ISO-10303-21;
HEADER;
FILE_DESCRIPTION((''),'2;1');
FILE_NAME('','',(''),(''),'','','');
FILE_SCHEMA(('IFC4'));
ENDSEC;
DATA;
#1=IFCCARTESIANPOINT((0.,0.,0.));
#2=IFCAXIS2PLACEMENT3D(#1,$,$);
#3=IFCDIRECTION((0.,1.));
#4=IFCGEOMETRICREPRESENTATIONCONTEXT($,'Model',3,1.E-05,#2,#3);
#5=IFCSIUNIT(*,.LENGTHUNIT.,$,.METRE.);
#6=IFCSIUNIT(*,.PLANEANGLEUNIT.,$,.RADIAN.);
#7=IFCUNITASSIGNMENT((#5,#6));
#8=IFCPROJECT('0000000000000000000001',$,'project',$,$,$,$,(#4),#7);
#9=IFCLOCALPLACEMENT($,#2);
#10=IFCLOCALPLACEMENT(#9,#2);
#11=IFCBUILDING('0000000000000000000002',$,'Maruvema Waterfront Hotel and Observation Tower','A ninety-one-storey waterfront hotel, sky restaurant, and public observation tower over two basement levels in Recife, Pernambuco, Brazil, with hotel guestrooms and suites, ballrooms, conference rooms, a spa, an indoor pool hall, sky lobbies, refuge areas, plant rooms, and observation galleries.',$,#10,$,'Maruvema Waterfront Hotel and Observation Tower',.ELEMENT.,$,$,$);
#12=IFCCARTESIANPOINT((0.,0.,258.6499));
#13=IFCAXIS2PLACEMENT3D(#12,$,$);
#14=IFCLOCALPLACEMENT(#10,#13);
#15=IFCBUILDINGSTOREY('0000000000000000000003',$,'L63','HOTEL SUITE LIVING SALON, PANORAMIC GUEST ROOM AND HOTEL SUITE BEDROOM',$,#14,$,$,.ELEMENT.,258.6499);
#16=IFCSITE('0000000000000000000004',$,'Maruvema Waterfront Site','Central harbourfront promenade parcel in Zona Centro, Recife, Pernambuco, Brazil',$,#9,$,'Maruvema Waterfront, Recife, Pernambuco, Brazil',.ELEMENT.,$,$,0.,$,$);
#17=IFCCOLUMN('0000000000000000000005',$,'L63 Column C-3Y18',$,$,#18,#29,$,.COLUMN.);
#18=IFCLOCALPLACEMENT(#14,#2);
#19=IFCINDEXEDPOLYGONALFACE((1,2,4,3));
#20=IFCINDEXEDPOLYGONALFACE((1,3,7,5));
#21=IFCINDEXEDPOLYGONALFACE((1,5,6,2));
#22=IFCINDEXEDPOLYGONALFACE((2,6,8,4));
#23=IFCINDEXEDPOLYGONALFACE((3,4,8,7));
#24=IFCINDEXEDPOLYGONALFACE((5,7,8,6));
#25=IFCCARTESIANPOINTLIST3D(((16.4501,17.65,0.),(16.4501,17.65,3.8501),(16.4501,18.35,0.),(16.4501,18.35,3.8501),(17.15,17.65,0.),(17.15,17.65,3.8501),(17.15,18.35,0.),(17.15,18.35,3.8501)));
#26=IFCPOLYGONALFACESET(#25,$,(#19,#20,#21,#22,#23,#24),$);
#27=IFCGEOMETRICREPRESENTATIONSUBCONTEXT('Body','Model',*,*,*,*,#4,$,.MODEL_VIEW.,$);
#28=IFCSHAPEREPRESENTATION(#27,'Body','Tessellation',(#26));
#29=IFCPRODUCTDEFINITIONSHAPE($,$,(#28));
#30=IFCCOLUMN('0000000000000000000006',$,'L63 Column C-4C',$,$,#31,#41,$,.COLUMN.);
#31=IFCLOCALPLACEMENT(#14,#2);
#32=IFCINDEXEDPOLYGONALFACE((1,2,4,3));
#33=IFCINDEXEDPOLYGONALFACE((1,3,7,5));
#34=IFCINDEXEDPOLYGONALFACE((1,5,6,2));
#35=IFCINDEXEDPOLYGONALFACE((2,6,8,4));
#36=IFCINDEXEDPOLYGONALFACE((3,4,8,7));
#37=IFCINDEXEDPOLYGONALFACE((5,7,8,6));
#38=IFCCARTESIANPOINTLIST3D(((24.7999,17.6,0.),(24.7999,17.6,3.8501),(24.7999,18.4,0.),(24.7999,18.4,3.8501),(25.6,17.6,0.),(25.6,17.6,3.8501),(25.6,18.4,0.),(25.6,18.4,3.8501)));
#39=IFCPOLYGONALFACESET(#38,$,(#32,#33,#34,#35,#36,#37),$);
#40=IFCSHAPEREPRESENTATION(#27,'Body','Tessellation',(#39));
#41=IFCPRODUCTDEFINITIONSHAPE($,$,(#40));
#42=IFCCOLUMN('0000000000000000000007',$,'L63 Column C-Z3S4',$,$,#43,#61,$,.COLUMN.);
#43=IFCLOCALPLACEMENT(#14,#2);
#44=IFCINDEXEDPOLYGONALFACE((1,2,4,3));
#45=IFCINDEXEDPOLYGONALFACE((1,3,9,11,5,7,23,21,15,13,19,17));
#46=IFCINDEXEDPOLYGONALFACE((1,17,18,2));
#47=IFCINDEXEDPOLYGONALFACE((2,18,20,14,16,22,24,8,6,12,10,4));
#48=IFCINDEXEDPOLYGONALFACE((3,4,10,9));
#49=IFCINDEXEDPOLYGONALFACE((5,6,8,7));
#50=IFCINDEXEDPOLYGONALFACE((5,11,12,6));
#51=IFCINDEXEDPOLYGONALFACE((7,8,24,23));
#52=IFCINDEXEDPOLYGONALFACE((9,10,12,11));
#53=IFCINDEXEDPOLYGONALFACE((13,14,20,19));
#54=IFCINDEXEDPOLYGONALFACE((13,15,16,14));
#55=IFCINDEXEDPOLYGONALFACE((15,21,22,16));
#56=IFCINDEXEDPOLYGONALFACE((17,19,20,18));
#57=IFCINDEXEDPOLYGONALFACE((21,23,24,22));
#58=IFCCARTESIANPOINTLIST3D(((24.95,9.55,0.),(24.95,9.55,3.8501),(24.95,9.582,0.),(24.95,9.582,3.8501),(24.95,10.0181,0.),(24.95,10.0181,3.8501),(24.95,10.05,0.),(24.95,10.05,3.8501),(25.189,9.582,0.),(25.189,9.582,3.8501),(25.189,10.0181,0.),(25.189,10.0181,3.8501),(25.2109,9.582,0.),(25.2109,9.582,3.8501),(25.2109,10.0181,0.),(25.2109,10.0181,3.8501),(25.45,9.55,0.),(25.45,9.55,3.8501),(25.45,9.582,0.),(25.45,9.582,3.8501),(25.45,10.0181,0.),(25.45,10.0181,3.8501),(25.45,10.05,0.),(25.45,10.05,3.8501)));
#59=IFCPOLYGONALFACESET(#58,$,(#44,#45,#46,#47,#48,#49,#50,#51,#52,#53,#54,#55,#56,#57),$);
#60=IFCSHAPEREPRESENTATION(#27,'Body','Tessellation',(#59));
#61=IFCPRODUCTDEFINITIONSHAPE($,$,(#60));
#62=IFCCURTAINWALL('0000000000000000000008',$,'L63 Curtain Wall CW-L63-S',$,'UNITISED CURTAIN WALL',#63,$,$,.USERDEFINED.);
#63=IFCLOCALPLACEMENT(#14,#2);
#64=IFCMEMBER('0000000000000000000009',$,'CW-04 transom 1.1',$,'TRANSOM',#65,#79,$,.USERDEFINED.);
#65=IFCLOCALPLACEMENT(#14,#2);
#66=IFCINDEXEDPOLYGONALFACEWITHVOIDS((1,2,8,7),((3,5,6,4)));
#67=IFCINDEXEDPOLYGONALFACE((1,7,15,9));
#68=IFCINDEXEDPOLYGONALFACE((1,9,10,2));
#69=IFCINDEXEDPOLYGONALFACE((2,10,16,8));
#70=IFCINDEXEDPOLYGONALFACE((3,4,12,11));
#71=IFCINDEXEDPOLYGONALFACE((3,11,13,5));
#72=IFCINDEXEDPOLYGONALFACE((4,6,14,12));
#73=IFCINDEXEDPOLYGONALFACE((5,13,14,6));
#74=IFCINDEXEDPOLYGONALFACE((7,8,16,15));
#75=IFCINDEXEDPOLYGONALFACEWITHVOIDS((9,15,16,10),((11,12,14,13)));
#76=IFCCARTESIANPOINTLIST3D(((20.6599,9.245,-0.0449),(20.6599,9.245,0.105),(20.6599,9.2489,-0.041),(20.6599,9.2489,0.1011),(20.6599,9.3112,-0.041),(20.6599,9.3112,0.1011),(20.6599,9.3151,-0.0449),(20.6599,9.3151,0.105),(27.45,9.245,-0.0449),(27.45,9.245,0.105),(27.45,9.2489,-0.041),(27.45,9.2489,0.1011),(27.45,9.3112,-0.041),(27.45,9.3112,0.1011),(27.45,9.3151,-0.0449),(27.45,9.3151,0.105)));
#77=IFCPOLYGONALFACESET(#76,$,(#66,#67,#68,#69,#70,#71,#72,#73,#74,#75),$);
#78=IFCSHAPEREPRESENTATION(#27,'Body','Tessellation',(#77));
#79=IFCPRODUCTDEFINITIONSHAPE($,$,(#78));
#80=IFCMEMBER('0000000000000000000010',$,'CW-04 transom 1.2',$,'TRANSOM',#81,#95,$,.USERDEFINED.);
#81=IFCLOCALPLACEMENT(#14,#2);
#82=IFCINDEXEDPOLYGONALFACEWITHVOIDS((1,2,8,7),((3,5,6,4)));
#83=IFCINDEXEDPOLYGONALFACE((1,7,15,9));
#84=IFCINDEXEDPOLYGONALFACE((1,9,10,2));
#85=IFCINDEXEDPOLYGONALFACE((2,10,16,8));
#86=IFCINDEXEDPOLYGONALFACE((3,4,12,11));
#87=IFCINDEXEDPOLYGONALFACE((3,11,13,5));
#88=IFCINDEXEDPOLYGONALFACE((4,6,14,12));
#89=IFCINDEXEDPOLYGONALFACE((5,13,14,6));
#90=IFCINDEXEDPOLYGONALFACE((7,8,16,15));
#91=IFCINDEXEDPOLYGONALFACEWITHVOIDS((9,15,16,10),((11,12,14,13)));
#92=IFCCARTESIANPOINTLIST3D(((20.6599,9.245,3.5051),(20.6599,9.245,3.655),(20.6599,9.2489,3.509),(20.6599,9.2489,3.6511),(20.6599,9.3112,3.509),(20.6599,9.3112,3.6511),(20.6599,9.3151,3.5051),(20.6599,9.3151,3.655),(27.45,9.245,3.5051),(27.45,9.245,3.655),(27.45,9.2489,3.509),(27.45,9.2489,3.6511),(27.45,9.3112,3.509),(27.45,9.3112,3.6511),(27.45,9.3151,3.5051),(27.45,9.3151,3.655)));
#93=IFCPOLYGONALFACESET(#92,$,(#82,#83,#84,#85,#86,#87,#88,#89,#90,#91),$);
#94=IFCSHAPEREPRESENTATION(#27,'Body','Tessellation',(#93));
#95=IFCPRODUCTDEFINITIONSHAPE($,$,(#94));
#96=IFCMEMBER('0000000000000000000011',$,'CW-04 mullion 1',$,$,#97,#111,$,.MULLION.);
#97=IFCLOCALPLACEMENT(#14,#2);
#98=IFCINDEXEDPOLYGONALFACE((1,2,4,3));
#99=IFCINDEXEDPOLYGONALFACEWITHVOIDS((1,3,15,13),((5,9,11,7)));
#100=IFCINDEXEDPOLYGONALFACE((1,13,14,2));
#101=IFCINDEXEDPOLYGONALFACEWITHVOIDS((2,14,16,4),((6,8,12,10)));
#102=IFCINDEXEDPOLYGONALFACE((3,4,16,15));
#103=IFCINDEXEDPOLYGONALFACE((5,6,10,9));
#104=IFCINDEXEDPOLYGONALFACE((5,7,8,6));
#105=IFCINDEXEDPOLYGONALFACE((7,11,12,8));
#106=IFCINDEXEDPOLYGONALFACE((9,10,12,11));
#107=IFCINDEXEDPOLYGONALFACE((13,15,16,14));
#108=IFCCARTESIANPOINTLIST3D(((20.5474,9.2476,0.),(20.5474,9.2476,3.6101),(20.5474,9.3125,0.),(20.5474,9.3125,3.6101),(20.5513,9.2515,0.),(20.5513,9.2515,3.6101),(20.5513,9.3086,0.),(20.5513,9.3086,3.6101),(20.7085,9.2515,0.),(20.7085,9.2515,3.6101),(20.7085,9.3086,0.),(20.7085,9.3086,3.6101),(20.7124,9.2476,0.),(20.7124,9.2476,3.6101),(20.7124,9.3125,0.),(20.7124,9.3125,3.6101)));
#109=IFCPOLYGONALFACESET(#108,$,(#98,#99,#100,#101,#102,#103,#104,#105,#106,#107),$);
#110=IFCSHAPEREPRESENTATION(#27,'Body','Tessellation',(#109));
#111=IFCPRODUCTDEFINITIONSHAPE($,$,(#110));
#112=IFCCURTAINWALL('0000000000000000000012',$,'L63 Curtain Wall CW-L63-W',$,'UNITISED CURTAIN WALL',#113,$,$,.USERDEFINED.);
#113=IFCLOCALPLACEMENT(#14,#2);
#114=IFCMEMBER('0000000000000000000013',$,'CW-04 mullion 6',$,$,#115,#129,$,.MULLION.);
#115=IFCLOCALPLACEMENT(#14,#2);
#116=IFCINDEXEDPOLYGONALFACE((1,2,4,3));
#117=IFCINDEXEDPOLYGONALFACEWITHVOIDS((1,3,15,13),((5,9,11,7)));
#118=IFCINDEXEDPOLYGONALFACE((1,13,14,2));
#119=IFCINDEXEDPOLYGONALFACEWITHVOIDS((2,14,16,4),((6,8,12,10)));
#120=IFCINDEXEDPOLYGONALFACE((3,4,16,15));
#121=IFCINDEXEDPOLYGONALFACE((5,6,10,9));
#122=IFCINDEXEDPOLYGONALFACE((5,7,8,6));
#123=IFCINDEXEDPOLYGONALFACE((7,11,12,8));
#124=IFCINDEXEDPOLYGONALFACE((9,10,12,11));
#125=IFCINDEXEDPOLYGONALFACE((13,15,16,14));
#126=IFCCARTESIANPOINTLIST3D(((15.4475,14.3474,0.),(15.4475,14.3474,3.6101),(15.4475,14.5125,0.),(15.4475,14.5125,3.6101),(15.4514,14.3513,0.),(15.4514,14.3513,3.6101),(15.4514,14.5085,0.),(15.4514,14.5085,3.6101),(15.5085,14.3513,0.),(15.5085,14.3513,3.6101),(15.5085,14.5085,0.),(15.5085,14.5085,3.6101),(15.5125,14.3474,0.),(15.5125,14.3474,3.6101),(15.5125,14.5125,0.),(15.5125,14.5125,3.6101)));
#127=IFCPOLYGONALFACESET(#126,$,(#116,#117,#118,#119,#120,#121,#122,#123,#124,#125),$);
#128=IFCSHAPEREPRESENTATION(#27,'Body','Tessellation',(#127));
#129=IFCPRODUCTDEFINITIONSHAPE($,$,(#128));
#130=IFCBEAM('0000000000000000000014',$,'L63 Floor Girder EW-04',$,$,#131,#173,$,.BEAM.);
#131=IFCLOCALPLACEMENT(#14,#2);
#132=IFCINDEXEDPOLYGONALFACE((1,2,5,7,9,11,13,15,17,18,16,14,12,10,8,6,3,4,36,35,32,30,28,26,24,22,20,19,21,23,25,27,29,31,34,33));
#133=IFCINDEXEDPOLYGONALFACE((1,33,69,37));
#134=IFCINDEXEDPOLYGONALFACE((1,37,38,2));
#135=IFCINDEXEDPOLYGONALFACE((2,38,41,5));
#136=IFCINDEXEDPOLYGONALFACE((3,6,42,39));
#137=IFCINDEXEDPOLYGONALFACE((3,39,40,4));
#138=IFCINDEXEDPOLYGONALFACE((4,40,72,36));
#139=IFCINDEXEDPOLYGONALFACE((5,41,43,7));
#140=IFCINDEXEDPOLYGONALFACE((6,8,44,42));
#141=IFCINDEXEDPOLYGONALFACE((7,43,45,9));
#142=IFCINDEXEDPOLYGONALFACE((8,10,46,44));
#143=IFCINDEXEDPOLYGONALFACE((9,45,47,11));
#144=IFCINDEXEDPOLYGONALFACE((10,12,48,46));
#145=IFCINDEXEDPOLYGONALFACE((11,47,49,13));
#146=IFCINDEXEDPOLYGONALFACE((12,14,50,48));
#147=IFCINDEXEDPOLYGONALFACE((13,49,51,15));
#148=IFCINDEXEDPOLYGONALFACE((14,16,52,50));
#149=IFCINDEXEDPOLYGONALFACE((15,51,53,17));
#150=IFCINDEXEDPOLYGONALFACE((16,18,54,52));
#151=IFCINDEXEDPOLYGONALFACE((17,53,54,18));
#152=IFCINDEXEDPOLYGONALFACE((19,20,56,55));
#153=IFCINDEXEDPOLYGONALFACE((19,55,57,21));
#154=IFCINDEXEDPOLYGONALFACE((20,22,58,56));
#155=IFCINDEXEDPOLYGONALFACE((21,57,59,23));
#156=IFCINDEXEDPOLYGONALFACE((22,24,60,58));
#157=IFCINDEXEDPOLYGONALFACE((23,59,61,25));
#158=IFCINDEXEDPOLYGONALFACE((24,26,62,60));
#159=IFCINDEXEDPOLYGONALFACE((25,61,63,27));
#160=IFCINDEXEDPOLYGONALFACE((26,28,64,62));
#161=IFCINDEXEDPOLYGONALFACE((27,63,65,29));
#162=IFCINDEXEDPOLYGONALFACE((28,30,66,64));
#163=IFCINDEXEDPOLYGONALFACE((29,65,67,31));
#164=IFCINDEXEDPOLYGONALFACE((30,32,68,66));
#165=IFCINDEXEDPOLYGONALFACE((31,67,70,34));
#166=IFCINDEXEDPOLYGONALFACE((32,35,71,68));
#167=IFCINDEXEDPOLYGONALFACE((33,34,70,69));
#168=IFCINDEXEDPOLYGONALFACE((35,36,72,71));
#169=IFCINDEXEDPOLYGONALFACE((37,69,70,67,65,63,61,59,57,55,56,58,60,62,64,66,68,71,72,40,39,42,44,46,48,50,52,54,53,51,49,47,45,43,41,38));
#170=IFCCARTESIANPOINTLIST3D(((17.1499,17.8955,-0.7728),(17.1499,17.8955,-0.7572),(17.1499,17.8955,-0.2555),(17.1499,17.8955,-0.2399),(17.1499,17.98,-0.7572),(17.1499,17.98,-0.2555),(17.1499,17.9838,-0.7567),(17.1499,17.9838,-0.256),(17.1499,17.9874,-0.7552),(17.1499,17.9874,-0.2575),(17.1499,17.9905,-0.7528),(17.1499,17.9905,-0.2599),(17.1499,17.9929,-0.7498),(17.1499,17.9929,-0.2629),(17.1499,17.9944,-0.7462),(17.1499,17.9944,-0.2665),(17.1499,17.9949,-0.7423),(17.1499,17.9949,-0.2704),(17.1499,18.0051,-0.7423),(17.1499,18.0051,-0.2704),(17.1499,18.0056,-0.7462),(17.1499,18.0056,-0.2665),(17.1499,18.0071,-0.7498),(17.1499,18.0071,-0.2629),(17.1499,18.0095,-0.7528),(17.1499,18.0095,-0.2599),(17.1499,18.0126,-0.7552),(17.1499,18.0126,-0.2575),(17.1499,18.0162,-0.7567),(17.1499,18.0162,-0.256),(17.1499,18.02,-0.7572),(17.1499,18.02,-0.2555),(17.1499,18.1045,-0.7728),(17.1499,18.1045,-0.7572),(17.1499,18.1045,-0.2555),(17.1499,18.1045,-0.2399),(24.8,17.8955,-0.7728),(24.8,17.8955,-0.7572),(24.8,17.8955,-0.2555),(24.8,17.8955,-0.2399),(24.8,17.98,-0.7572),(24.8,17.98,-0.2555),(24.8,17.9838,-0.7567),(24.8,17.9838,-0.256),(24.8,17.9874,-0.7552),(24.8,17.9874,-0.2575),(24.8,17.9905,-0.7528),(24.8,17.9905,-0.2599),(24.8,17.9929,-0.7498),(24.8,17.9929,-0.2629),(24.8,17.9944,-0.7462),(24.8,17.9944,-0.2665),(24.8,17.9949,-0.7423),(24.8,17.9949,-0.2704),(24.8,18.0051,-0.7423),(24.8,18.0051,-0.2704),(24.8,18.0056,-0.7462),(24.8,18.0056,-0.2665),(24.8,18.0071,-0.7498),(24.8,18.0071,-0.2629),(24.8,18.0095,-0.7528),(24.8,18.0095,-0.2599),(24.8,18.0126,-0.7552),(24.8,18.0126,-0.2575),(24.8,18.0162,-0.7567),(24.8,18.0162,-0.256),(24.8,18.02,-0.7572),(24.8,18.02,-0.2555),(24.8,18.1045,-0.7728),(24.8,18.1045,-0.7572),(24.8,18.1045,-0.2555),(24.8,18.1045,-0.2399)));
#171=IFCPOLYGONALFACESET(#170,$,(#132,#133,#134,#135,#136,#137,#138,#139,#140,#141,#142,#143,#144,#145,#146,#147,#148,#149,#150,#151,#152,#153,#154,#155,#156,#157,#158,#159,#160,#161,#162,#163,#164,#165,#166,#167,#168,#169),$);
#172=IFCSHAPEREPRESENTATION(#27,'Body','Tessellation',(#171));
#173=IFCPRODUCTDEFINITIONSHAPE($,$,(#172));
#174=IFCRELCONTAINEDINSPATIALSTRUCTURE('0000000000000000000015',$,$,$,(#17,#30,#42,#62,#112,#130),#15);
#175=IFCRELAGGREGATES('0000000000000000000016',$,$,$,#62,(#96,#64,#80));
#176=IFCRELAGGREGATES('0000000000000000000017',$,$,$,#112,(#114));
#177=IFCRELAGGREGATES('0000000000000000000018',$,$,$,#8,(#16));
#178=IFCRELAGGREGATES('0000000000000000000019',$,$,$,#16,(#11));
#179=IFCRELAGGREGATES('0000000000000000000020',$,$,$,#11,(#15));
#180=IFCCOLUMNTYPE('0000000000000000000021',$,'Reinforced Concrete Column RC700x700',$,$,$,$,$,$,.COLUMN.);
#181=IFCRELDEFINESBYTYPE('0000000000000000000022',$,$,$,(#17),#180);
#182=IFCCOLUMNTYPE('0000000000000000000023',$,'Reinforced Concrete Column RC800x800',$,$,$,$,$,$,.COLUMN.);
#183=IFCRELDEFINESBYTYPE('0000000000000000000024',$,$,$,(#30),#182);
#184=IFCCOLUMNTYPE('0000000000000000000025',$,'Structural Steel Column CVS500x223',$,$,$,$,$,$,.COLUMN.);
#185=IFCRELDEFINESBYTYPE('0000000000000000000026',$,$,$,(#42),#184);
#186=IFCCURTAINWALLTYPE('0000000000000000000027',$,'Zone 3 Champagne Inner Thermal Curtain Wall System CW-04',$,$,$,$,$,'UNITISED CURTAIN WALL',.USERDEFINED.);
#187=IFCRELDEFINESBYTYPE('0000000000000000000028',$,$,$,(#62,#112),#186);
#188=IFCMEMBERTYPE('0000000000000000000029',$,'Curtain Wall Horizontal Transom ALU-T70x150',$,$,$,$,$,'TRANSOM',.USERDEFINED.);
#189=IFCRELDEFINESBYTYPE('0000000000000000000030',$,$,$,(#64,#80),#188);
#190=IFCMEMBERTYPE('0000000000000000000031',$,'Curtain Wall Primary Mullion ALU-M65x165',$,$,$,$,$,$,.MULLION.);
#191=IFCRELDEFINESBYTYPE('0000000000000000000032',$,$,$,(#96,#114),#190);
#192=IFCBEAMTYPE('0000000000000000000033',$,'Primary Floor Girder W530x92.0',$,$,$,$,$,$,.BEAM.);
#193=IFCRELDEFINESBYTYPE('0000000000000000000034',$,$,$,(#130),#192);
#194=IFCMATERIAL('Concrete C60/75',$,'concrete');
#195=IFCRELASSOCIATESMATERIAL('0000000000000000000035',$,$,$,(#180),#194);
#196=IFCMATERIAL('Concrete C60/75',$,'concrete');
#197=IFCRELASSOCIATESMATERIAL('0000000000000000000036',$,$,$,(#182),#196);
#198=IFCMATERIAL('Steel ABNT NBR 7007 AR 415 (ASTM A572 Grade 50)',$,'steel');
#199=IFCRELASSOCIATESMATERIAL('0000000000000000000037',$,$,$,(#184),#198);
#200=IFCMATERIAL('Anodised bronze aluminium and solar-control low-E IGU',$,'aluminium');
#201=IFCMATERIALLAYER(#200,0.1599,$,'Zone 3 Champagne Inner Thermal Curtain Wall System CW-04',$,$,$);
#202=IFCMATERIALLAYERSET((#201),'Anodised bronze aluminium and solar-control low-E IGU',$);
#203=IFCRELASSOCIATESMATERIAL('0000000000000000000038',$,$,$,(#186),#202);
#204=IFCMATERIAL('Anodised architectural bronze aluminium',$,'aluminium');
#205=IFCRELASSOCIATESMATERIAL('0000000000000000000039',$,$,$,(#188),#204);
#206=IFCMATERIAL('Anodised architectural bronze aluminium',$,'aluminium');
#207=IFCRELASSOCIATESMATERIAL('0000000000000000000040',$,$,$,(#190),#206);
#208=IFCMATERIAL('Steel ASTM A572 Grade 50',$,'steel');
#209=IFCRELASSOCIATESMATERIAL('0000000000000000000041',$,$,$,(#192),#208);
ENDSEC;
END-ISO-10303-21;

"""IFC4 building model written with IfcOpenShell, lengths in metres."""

from ifc_helpers import new_model, si_unit, direction, frame, origin, origin_2d, place, context, subcontext, project, spatial, rectangle, hollow_rectangle, i_section, extrude, material, layer, layer_set, material_profile, profile_set, type_object, element, aggregate, save


model = new_model("IFC4")

# Units and contexts
model_context = context("Model", 3, precision=1e-05, world=origin(), true_north=direction((0.0, 1.0)))
body_context = subcontext(model_context, "Body", "Model", "MODEL_VIEW")
ifc_project = project(units=[si_unit("LENGTHUNIT", "METRE"), si_unit("PLANEANGLEUNIT", "RADIAN")], contexts=[model_context])

# Site, building, storey
site_placement = place(None, origin())
site = spatial("IfcSite", under=ifc_project, at=site_placement, Name="Maruvema Waterfront Site", Description="Central harbourfront promenade parcel in Zona Centro, Recife, Pernambuco, Brazil", LongName="Maruvema Waterfront, Recife, Pernambuco, Brazil", CompositionType="ELEMENT", RefElevation=0.0)
building_placement = place(site_placement, origin())
building = spatial("IfcBuilding", under=site, at=building_placement, Name="Maruvema Waterfront Hotel and Observation Tower", Description="A ninety-one-storey waterfront hotel, sky restaurant, and public observation tower over two basement levels in Recife, Pernambuco, Brazil, with hotel guestrooms and suites, ballrooms, conference rooms, a spa, an indoor pool hall, sky lobbies, refuge areas, plant rooms, and observation galleries.", LongName="Maruvema Waterfront Hotel and Observation Tower", CompositionType="ELEMENT")
storey_placement = place(building_placement, frame((0.0, 0.0, 258.6499)))
storey = spatial("IfcBuildingStorey", under=building, at=storey_placement, Name="L63", Description="HOTEL SUITE LIVING SALON, PANORAMIC GUEST ROOM AND HOTEL SUITE BEDROOM", CompositionType="ELEMENT", Elevation=258.6499)

# Columns
ifc_material_1 = material(Name="Concrete C60/75", Category="concrete")
ifc_material_profile_1 = material_profile(ifc_material_1, rectangle(XDim=0.7, YDim=0.7, at=origin_2d()), Name="RC700x700")
ifc_profile_set_1 = profile_set([ifc_material_profile_1], Name="Concrete C60/75")
column_type_1 = type_object("IfcColumnType", Name="Reinforced Concrete Column RC700x700", PredefinedType="COLUMN", material=ifc_profile_set_1)
column_1_placement = place(storey_placement, frame((16.8, 18.0, 0.0), z_axis=(0.0, 0.0, 1.0), x_axis=(1.0, 0.0, 0.0)))
element("IfcColumn", 1, at=column_1_placement, inside=storey, type_object=column_type_1, Name="L63 Column C-3Y18", PredefinedType="COLUMN", context=body_context, shape_type="SweptSolid", body=[
    extrude(rectangle(XDim=0.7, YDim=0.7, at=origin_2d()), origin(), (0.0, 0.0, 1.0), 3.8501),
])
ifc_material_2 = material(Name="Concrete C60/75", Category="concrete")
ifc_material_profile_2 = material_profile(ifc_material_2, rectangle(XDim=0.8, YDim=0.8, at=origin_2d()), Name="RC800x800")
ifc_profile_set_2 = profile_set([ifc_material_profile_2], Name="Concrete C60/75")
column_type_2 = type_object("IfcColumnType", Name="Reinforced Concrete Column RC800x800", PredefinedType="COLUMN", material=ifc_profile_set_2)
column_2_placement = place(storey_placement, frame((25.2, 18.0, 0.0), z_axis=(0.0, 0.0, 1.0), x_axis=(1.0, 0.0, 0.0)))
element("IfcColumn", 2, at=column_2_placement, inside=storey, type_object=column_type_2, Name="L63 Column C-4C", PredefinedType="COLUMN", context=body_context, shape_type="SweptSolid", body=[
    extrude(rectangle(XDim=0.8, YDim=0.8, at=origin_2d()), origin(), (0.0, 0.0, 1.0), 3.8501),
])
ifc_material_3 = material(Name="Steel ABNT NBR 7007 AR 415 (ASTM A572 Grade 50)", Category="steel")
ifc_material_profile_3 = material_profile(ifc_material_3, i_section(OverallWidth=0.5, OverallDepth=0.5, WebThickness=0.022, FlangeThickness=0.032, at=origin_2d()), Name="CVS500x223")
ifc_profile_set_3 = profile_set([ifc_material_profile_3], Name="Steel ABNT NBR 7007 AR 415 (ASTM A572 Grade 50)")
column_type_3 = type_object("IfcColumnType", Name="Structural Steel Column CVS500x223", PredefinedType="COLUMN", material=ifc_profile_set_3)
column_3_placement = place(storey_placement, frame((25.2, 9.8, 0.0), z_axis=(0.0, 0.0, 1.0), x_axis=(1.0, 0.0, 0.0)))
element("IfcColumn", 3, at=column_3_placement, inside=storey, type_object=column_type_3, Name="L63 Column C-Z3S4", PredefinedType="COLUMN", context=body_context, shape_type="SweptSolid", body=[
    extrude(i_section(OverallWidth=0.5, OverallDepth=0.5, WebThickness=0.022, FlangeThickness=0.032, at=origin_2d()), origin(), (0.0, 0.0, 1.0), 3.8501),
])

# Curtain wall, members
ifc_material_4 = material(Name="Anodised bronze aluminium and solar-control low-E IGU", Category="aluminium")
ifc_layer_1 = layer(ifc_material_4, 0.1599, Name="Zone 3 Champagne Inner Thermal Curtain Wall System CW-04")
ifc_layer_set_1 = layer_set([ifc_layer_1], Name="Anodised bronze aluminium and solar-control low-E IGU")
curtain_wall_type = type_object("IfcCurtainWallType", Name="Zone 3 Champagne Inner Thermal Curtain Wall System CW-04", ElementType="UNITISED CURTAIN WALL", PredefinedType="USERDEFINED", material=ifc_layer_set_1)
curtain_wall_1_placement = place(storey_placement, origin())
curtain_wall_1 = element("IfcCurtainWall", 4, at=curtain_wall_1_placement, inside=storey, type_object=curtain_wall_type, Name="L63 Curtain Wall CW-L63-S", ObjectType="UNITISED CURTAIN WALL", PredefinedType="USERDEFINED")
ifc_material_5 = material(Name="Anodised architectural bronze aluminium", Category="aluminium")
ifc_material_profile_4 = material_profile(ifc_material_5, hollow_rectangle(XDim=0.0701, YDim=0.1499, WallThickness=0.0039, at=origin_2d()), Name="ALU-T70x150")
ifc_profile_set_4 = profile_set([ifc_material_profile_4], Name="Anodised architectural bronze aluminium")
member_type_1 = type_object("IfcMemberType", Name="Curtain Wall Horizontal Transom ALU-T70x150", ElementType="TRANSOM", PredefinedType="USERDEFINED", material=ifc_profile_set_4)
member_1_placement = place(storey_placement, frame((20.6599, 9.28, 0.03), z_axis=(1.0, 0.0, 0.0), x_axis=(0.0, 1.0, 0.0)))
member_1 = element("IfcMember", 5, at=member_1_placement, type_object=member_type_1, Name="CW-04 transom 1.1", ObjectType="TRANSOM", PredefinedType="USERDEFINED", context=body_context, shape_type="SweptSolid", body=[
    extrude(hollow_rectangle(XDim=0.0701, YDim=0.1499, WallThickness=0.0039, at=origin_2d()), origin(), (0.0, 0.0, 1.0), 6.79),
])
member_2_placement = place(storey_placement, frame((20.6599, 9.28, 3.5801), z_axis=(1.0, 0.0, 0.0), x_axis=(0.0, 1.0, 0.0)))
member_2 = element("IfcMember", 6, at=member_2_placement, type_object=member_type_1, Name="CW-04 transom 1.2", ObjectType="TRANSOM", PredefinedType="USERDEFINED", context=body_context, shape_type="SweptSolid", body=[
    extrude(hollow_rectangle(XDim=0.0701, YDim=0.1499, WallThickness=0.0039, at=origin_2d()), origin(), (0.0, 0.0, 1.0), 6.79),
])
ifc_material_6 = material(Name="Anodised architectural bronze aluminium", Category="aluminium")
ifc_material_profile_5 = material_profile(ifc_material_6, hollow_rectangle(XDim=0.0649, YDim=0.165, WallThickness=0.0039, at=origin_2d()), Name="ALU-M65x165")
ifc_profile_set_5 = profile_set([ifc_material_profile_5], Name="Anodised architectural bronze aluminium")
member_type_2 = type_object("IfcMemberType", Name="Curtain Wall Primary Mullion ALU-M65x165", PredefinedType="MULLION", material=ifc_profile_set_5)
member_3_placement = place(storey_placement, frame((20.6299, 9.28, 0.0), z_axis=(0.0, 0.0, 1.0), x_axis=(0.0, 1.0, 0.0)))
member_3 = element("IfcMember", 7, at=member_3_placement, type_object=member_type_2, Name="CW-04 mullion 1", PredefinedType="MULLION", context=body_context, shape_type="SweptSolid", body=[
    extrude(hollow_rectangle(XDim=0.0649, YDim=0.165, WallThickness=0.0039, at=origin_2d()), origin(), (0.0, 0.0, 1.0), 3.6101),
])

# Curtain wall, member
curtain_wall_2_placement = place(storey_placement, origin())
curtain_wall_2 = element("IfcCurtainWall", 8, at=curtain_wall_2_placement, inside=storey, type_object=curtain_wall_type, Name="L63 Curtain Wall CW-L63-W", ObjectType="UNITISED CURTAIN WALL", PredefinedType="USERDEFINED")
member_4_placement = place(storey_placement, frame((15.48, 14.4299, 0.0), z_axis=(0.0, 0.0, 1.0), x_axis=(1.0, 0.0, 0.0)))
member_4 = element("IfcMember", 9, at=member_4_placement, type_object=member_type_2, Name="CW-04 mullion 6", PredefinedType="MULLION", context=body_context, shape_type="SweptSolid", body=[
    extrude(hollow_rectangle(XDim=0.0649, YDim=0.165, WallThickness=0.0039, at=origin_2d()), origin(), (0.0, 0.0, 1.0), 3.6101),
])

# Beam
ifc_material_7 = material(Name="Steel ASTM A572 Grade 50", Category="steel")
ifc_material_profile_6 = material_profile(ifc_material_7, i_section(OverallWidth=0.209, OverallDepth=0.533, WebThickness=0.0103, FlangeThickness=0.0156, FilletRadius=0.0149, at=origin_2d()), Name="W530x92.0")
ifc_profile_set_6 = profile_set([ifc_material_profile_6], Name="Steel ASTM A572 Grade 50")
beam_type_1 = type_object("IfcBeamType", Name="Primary Floor Girder W530x92.0", PredefinedType="BEAM", material=ifc_profile_set_6)
beam_1_placement = place(storey_placement, frame((17.1499, 18.0, -0.5063), z_axis=(1.0, 0.0, 0.0), x_axis=(0.0, 1.0, 0.0)))
element("IfcBeam", 10, at=beam_1_placement, inside=storey, type_object=beam_type_1, Name="L63 Floor Girder EW-04", PredefinedType="BEAM", context=body_context, shape_type="SweptSolid", body=[
    extrude(i_section(OverallWidth=0.209, OverallDepth=0.533, WebThickness=0.0103, FlangeThickness=0.0156, FilletRadius=0.0149, at=origin_2d()), origin(), (0.0, 0.0, 1.0), 7.6501),
])

aggregate(curtain_wall_1, [member_3, member_1, member_2])
aggregate(curtain_wall_2, [member_4])

save(model, "model.ifc")
